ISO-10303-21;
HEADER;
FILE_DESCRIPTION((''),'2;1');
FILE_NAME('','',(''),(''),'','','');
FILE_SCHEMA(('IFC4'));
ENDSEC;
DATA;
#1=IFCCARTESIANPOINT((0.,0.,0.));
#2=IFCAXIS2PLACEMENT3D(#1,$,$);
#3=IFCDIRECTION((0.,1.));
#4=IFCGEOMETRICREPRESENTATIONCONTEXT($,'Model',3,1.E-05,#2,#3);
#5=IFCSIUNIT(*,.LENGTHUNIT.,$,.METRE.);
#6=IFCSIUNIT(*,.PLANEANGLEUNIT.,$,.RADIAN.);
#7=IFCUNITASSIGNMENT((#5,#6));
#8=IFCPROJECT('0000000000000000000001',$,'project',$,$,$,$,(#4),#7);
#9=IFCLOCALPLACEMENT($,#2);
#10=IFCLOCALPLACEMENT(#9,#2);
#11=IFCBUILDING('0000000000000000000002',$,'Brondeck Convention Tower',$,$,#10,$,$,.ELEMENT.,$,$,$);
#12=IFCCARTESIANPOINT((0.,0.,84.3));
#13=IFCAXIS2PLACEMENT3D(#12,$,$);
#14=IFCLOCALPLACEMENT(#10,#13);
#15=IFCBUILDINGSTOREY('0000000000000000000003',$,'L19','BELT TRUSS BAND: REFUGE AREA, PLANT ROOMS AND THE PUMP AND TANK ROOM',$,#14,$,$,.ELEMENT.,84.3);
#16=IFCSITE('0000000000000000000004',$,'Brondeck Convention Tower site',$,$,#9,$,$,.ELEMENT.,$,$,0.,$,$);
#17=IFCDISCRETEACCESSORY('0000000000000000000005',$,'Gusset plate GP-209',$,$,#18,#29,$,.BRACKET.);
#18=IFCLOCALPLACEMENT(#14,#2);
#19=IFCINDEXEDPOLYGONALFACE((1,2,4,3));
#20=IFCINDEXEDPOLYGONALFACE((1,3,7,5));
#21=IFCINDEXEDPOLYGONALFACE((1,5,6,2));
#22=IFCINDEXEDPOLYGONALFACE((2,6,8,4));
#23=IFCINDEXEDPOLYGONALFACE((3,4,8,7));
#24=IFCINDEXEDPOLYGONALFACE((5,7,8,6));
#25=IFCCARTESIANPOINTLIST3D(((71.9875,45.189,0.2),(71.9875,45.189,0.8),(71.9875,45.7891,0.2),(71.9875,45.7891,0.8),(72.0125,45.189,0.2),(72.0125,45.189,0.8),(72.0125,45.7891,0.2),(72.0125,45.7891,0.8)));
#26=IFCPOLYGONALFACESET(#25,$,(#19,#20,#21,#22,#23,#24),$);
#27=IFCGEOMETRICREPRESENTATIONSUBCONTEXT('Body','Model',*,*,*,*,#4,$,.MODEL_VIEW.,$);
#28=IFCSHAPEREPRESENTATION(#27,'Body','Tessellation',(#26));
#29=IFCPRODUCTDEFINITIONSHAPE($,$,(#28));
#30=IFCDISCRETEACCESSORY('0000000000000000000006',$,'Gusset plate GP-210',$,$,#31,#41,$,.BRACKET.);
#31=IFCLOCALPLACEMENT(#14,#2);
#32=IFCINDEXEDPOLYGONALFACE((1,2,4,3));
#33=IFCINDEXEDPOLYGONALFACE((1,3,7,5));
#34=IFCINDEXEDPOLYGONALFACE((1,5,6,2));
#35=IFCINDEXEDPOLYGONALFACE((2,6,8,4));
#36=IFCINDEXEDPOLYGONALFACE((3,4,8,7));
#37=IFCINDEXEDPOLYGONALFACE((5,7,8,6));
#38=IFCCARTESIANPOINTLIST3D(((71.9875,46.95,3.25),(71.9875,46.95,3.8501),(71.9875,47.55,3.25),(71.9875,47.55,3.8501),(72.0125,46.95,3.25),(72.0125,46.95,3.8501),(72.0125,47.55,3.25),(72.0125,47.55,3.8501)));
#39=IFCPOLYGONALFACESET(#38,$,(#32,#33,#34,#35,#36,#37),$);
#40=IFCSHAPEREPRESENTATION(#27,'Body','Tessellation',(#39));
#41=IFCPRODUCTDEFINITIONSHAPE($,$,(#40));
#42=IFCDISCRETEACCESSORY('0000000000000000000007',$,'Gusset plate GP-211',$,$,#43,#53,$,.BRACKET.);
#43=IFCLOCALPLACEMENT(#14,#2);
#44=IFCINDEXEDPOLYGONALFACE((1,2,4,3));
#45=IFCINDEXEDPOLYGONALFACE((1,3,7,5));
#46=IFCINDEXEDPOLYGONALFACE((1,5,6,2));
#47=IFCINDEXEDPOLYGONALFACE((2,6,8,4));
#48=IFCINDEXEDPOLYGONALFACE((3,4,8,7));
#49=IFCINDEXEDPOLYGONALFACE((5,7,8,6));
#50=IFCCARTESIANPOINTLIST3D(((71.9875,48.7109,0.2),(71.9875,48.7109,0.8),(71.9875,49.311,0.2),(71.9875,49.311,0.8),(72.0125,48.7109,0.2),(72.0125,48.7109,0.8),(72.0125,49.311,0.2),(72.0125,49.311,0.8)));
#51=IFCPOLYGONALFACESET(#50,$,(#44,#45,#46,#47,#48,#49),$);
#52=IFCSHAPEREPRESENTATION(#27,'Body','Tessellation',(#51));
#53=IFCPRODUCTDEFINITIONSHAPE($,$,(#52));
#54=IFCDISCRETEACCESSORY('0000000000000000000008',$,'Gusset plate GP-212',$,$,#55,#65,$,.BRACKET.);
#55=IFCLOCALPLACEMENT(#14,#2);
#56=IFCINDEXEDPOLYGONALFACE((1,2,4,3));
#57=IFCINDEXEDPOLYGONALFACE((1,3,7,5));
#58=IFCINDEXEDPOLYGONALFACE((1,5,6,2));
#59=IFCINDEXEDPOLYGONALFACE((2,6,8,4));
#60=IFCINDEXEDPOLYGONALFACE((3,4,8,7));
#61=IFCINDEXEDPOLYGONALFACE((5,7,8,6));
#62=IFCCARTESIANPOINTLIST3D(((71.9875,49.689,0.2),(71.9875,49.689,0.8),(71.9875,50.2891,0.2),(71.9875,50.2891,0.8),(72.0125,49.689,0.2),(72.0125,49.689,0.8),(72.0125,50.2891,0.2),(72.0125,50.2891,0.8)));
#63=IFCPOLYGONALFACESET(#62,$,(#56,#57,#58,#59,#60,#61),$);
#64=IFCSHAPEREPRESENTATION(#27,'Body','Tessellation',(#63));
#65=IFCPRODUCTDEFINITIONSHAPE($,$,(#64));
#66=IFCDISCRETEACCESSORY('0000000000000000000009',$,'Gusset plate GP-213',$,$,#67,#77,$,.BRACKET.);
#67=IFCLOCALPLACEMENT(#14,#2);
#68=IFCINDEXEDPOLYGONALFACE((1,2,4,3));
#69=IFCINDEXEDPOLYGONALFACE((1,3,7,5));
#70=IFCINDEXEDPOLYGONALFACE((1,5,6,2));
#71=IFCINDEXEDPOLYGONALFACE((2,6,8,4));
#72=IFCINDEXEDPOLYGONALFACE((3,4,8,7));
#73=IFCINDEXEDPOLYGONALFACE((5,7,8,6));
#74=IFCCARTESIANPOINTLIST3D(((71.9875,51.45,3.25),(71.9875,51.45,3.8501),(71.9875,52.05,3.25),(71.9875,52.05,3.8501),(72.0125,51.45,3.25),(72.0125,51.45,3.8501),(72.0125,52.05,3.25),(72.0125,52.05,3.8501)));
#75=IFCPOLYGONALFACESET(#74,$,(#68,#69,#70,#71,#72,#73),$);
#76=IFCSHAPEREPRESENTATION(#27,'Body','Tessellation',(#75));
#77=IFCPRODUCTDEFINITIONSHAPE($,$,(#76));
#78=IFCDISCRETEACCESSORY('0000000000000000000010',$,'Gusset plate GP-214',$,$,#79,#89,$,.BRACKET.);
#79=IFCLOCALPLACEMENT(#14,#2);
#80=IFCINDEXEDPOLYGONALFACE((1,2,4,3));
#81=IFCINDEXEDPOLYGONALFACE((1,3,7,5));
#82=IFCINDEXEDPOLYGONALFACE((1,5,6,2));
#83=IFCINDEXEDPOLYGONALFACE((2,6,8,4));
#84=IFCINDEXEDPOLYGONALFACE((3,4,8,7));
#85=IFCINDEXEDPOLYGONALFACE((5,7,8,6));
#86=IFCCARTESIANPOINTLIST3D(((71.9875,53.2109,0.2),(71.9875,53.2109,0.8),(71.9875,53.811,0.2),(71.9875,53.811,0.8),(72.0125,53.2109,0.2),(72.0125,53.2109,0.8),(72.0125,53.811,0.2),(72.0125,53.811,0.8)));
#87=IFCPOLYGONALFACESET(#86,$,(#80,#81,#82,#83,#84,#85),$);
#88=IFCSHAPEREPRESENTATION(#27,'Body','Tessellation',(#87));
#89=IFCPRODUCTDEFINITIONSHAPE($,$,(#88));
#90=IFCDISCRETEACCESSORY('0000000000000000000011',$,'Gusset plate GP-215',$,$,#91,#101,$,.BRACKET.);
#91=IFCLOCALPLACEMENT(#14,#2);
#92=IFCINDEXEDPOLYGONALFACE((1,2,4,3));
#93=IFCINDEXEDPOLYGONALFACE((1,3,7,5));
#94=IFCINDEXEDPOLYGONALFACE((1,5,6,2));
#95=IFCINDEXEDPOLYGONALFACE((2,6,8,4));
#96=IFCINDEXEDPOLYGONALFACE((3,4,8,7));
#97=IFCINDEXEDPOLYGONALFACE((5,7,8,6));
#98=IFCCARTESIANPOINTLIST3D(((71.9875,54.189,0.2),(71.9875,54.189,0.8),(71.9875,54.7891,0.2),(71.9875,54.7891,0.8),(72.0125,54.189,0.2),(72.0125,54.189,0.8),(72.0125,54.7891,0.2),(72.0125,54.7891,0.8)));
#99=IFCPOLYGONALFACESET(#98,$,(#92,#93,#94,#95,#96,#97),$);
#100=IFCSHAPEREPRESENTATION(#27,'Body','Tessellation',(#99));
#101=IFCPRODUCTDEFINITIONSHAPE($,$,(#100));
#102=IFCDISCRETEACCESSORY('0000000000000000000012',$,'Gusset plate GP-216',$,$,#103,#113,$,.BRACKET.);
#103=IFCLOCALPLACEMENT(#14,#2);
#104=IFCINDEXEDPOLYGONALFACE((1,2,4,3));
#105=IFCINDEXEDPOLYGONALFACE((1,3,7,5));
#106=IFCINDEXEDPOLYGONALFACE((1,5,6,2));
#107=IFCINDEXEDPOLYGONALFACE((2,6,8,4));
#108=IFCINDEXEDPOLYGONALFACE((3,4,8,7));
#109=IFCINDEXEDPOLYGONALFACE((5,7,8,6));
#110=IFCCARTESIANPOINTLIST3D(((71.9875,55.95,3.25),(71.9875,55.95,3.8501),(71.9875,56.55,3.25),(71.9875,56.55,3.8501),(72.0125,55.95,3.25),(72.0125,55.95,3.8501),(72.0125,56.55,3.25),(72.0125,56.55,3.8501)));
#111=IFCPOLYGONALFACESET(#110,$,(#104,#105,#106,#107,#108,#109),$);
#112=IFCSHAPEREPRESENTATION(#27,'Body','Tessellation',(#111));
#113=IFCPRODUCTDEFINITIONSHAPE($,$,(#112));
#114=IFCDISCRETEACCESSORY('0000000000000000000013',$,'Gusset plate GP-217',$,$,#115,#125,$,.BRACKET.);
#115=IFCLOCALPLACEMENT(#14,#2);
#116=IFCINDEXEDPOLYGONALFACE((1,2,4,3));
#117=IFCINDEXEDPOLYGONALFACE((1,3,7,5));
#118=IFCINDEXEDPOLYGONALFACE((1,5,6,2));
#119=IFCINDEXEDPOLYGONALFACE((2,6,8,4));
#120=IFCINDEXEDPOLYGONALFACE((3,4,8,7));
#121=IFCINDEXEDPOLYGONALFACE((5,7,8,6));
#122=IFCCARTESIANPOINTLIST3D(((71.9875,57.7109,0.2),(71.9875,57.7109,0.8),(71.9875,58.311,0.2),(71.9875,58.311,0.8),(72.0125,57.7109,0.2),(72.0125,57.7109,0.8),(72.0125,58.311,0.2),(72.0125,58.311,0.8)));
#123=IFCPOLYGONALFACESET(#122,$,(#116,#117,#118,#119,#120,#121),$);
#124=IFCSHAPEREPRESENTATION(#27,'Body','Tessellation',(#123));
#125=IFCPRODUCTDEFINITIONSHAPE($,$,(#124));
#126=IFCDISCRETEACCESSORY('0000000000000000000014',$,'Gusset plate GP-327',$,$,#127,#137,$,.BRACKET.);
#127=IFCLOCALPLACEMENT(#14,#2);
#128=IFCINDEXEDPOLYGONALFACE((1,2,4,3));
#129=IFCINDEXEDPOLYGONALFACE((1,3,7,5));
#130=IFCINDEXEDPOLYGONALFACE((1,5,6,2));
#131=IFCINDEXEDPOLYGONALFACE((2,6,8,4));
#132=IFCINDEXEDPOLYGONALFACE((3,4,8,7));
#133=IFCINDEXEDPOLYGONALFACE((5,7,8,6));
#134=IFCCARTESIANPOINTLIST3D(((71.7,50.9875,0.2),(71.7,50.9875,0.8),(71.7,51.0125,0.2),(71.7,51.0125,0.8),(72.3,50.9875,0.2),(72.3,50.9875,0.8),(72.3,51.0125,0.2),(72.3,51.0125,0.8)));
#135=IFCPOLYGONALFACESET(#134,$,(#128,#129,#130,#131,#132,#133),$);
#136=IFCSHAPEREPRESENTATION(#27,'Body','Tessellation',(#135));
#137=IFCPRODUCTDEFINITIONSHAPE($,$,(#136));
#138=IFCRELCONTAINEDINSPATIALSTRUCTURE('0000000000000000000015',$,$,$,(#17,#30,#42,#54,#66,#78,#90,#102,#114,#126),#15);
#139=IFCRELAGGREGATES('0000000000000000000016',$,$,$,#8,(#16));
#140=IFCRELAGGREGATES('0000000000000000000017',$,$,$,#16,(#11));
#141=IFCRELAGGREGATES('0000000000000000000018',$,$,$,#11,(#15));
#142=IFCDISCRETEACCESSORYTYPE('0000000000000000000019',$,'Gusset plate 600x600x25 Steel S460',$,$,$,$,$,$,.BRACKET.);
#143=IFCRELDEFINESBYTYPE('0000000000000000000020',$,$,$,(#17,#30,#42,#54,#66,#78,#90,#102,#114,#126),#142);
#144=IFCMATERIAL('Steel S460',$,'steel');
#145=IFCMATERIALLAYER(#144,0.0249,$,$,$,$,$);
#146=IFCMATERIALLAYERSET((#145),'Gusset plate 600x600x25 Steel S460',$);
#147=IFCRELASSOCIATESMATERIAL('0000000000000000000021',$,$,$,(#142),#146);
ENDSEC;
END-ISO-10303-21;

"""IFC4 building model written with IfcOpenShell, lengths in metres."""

from ifc_helpers import new_model, si_unit, direction, frame, origin, origin_2d, place, context, subcontext, project, spatial, rectangle, extrude, material, layer, layer_set, type_object, element, save


model = new_model("IFC4")

# Units and contexts
model_context = context("Model", 3, precision=1e-05, world=origin(), true_north=direction((0.0, 1.0)))
body_context = subcontext(model_context, "Body", "Model", "MODEL_VIEW")
ifc_project = project(units=[si_unit("LENGTHUNIT", "METRE"), si_unit("PLANEANGLEUNIT", "RADIAN")], contexts=[model_context])

# Site, building, storey
site_placement = place(None, origin())
site = spatial("IfcSite", under=ifc_project, at=site_placement, Name="Brondeck Convention Tower site", CompositionType="ELEMENT", RefElevation=0.0)
building_placement = place(site_placement, origin())
building = spatial("IfcBuilding", under=site, at=building_placement, Name="Brondeck Convention Tower", CompositionType="ELEMENT")
storey_placement = place(building_placement, frame((0.0, 0.0, 84.3)))
storey = spatial("IfcBuildingStorey", under=building, at=storey_placement, Name="L19", Description="BELT TRUSS BAND: REFUGE AREA, PLANT ROOMS AND THE PUMP AND TANK ROOM", CompositionType="ELEMENT", Elevation=84.3)

# Shared definitions
ifc_material_1 = material(Name="Steel S460", Category="steel")

# Discrete accessories
ifc_layer = layer(ifc_material_1, 0.0249)
ifc_layer_set = layer_set([ifc_layer], Name="Gusset plate 600x600x25 Steel S460")
discrete_accessory_type = type_object("IfcDiscreteAccessoryType", Name="Gusset plate 600x600x25 Steel S460", PredefinedType="BRACKET", material=ifc_layer_set)
for number, where, z_axis, x_axis, name in (
    (1, (72.0, 45.489, 0.2), (0.0, 0.0, 1.0), (0.0, 1.0, 0.0), "Gusset plate GP-209"),
    (2, (72.0, 47.25, 3.25), (0.0, 0.0, 1.0), (0.0, 1.0, 0.0), "Gusset plate GP-210"),
    (3, (72.0, 49.011, 0.2), (0.0, 0.0, 1.0), (0.0, 1.0, 0.0), "Gusset plate GP-211"),
    (4, (72.0, 49.989, 0.2), (0.0, 0.0, 1.0), (0.0, 1.0, 0.0), "Gusset plate GP-212"),
    (5, (72.0, 51.75, 3.25), (0.0, 0.0, 1.0), (0.0, 1.0, 0.0), "Gusset plate GP-213"),
    (6, (72.0, 53.511, 0.2), (0.0, 0.0, 1.0), (0.0, 1.0, 0.0), "Gusset plate GP-214"),
    (7, (72.0, 54.489, 0.2), (0.0, 0.0, 1.0), (0.0, 1.0, 0.0), "Gusset plate GP-215"),
    (8, (72.0, 56.25, 3.25), (0.0, 0.0, 1.0), (0.0, 1.0, 0.0), "Gusset plate GP-216"),
    (9, (72.0, 58.011, 0.2), (0.0, 0.0, 1.0), (0.0, 1.0, 0.0), "Gusset plate GP-217"),
    (10, (72.0, 51.0, 0.2), (0.0, 0.0, 1.0), (1.0, 0.0, 0.0), "Gusset plate GP-327"),
):
    element("IfcDiscreteAccessory", number, at=place(storey_placement, frame(where, z_axis=z_axis, x_axis=x_axis)), inside=storey, type_object=discrete_accessory_type, Name=name, PredefinedType="BRACKET", context=body_context, shape_type="SweptSolid", body=[
        extrude(rectangle(XDim=0.6001, YDim=0.0249, at=origin_2d()), origin(), (0.0, 0.0, 1.0), 0.6001),
    ])

save(model, "model.ifc")
